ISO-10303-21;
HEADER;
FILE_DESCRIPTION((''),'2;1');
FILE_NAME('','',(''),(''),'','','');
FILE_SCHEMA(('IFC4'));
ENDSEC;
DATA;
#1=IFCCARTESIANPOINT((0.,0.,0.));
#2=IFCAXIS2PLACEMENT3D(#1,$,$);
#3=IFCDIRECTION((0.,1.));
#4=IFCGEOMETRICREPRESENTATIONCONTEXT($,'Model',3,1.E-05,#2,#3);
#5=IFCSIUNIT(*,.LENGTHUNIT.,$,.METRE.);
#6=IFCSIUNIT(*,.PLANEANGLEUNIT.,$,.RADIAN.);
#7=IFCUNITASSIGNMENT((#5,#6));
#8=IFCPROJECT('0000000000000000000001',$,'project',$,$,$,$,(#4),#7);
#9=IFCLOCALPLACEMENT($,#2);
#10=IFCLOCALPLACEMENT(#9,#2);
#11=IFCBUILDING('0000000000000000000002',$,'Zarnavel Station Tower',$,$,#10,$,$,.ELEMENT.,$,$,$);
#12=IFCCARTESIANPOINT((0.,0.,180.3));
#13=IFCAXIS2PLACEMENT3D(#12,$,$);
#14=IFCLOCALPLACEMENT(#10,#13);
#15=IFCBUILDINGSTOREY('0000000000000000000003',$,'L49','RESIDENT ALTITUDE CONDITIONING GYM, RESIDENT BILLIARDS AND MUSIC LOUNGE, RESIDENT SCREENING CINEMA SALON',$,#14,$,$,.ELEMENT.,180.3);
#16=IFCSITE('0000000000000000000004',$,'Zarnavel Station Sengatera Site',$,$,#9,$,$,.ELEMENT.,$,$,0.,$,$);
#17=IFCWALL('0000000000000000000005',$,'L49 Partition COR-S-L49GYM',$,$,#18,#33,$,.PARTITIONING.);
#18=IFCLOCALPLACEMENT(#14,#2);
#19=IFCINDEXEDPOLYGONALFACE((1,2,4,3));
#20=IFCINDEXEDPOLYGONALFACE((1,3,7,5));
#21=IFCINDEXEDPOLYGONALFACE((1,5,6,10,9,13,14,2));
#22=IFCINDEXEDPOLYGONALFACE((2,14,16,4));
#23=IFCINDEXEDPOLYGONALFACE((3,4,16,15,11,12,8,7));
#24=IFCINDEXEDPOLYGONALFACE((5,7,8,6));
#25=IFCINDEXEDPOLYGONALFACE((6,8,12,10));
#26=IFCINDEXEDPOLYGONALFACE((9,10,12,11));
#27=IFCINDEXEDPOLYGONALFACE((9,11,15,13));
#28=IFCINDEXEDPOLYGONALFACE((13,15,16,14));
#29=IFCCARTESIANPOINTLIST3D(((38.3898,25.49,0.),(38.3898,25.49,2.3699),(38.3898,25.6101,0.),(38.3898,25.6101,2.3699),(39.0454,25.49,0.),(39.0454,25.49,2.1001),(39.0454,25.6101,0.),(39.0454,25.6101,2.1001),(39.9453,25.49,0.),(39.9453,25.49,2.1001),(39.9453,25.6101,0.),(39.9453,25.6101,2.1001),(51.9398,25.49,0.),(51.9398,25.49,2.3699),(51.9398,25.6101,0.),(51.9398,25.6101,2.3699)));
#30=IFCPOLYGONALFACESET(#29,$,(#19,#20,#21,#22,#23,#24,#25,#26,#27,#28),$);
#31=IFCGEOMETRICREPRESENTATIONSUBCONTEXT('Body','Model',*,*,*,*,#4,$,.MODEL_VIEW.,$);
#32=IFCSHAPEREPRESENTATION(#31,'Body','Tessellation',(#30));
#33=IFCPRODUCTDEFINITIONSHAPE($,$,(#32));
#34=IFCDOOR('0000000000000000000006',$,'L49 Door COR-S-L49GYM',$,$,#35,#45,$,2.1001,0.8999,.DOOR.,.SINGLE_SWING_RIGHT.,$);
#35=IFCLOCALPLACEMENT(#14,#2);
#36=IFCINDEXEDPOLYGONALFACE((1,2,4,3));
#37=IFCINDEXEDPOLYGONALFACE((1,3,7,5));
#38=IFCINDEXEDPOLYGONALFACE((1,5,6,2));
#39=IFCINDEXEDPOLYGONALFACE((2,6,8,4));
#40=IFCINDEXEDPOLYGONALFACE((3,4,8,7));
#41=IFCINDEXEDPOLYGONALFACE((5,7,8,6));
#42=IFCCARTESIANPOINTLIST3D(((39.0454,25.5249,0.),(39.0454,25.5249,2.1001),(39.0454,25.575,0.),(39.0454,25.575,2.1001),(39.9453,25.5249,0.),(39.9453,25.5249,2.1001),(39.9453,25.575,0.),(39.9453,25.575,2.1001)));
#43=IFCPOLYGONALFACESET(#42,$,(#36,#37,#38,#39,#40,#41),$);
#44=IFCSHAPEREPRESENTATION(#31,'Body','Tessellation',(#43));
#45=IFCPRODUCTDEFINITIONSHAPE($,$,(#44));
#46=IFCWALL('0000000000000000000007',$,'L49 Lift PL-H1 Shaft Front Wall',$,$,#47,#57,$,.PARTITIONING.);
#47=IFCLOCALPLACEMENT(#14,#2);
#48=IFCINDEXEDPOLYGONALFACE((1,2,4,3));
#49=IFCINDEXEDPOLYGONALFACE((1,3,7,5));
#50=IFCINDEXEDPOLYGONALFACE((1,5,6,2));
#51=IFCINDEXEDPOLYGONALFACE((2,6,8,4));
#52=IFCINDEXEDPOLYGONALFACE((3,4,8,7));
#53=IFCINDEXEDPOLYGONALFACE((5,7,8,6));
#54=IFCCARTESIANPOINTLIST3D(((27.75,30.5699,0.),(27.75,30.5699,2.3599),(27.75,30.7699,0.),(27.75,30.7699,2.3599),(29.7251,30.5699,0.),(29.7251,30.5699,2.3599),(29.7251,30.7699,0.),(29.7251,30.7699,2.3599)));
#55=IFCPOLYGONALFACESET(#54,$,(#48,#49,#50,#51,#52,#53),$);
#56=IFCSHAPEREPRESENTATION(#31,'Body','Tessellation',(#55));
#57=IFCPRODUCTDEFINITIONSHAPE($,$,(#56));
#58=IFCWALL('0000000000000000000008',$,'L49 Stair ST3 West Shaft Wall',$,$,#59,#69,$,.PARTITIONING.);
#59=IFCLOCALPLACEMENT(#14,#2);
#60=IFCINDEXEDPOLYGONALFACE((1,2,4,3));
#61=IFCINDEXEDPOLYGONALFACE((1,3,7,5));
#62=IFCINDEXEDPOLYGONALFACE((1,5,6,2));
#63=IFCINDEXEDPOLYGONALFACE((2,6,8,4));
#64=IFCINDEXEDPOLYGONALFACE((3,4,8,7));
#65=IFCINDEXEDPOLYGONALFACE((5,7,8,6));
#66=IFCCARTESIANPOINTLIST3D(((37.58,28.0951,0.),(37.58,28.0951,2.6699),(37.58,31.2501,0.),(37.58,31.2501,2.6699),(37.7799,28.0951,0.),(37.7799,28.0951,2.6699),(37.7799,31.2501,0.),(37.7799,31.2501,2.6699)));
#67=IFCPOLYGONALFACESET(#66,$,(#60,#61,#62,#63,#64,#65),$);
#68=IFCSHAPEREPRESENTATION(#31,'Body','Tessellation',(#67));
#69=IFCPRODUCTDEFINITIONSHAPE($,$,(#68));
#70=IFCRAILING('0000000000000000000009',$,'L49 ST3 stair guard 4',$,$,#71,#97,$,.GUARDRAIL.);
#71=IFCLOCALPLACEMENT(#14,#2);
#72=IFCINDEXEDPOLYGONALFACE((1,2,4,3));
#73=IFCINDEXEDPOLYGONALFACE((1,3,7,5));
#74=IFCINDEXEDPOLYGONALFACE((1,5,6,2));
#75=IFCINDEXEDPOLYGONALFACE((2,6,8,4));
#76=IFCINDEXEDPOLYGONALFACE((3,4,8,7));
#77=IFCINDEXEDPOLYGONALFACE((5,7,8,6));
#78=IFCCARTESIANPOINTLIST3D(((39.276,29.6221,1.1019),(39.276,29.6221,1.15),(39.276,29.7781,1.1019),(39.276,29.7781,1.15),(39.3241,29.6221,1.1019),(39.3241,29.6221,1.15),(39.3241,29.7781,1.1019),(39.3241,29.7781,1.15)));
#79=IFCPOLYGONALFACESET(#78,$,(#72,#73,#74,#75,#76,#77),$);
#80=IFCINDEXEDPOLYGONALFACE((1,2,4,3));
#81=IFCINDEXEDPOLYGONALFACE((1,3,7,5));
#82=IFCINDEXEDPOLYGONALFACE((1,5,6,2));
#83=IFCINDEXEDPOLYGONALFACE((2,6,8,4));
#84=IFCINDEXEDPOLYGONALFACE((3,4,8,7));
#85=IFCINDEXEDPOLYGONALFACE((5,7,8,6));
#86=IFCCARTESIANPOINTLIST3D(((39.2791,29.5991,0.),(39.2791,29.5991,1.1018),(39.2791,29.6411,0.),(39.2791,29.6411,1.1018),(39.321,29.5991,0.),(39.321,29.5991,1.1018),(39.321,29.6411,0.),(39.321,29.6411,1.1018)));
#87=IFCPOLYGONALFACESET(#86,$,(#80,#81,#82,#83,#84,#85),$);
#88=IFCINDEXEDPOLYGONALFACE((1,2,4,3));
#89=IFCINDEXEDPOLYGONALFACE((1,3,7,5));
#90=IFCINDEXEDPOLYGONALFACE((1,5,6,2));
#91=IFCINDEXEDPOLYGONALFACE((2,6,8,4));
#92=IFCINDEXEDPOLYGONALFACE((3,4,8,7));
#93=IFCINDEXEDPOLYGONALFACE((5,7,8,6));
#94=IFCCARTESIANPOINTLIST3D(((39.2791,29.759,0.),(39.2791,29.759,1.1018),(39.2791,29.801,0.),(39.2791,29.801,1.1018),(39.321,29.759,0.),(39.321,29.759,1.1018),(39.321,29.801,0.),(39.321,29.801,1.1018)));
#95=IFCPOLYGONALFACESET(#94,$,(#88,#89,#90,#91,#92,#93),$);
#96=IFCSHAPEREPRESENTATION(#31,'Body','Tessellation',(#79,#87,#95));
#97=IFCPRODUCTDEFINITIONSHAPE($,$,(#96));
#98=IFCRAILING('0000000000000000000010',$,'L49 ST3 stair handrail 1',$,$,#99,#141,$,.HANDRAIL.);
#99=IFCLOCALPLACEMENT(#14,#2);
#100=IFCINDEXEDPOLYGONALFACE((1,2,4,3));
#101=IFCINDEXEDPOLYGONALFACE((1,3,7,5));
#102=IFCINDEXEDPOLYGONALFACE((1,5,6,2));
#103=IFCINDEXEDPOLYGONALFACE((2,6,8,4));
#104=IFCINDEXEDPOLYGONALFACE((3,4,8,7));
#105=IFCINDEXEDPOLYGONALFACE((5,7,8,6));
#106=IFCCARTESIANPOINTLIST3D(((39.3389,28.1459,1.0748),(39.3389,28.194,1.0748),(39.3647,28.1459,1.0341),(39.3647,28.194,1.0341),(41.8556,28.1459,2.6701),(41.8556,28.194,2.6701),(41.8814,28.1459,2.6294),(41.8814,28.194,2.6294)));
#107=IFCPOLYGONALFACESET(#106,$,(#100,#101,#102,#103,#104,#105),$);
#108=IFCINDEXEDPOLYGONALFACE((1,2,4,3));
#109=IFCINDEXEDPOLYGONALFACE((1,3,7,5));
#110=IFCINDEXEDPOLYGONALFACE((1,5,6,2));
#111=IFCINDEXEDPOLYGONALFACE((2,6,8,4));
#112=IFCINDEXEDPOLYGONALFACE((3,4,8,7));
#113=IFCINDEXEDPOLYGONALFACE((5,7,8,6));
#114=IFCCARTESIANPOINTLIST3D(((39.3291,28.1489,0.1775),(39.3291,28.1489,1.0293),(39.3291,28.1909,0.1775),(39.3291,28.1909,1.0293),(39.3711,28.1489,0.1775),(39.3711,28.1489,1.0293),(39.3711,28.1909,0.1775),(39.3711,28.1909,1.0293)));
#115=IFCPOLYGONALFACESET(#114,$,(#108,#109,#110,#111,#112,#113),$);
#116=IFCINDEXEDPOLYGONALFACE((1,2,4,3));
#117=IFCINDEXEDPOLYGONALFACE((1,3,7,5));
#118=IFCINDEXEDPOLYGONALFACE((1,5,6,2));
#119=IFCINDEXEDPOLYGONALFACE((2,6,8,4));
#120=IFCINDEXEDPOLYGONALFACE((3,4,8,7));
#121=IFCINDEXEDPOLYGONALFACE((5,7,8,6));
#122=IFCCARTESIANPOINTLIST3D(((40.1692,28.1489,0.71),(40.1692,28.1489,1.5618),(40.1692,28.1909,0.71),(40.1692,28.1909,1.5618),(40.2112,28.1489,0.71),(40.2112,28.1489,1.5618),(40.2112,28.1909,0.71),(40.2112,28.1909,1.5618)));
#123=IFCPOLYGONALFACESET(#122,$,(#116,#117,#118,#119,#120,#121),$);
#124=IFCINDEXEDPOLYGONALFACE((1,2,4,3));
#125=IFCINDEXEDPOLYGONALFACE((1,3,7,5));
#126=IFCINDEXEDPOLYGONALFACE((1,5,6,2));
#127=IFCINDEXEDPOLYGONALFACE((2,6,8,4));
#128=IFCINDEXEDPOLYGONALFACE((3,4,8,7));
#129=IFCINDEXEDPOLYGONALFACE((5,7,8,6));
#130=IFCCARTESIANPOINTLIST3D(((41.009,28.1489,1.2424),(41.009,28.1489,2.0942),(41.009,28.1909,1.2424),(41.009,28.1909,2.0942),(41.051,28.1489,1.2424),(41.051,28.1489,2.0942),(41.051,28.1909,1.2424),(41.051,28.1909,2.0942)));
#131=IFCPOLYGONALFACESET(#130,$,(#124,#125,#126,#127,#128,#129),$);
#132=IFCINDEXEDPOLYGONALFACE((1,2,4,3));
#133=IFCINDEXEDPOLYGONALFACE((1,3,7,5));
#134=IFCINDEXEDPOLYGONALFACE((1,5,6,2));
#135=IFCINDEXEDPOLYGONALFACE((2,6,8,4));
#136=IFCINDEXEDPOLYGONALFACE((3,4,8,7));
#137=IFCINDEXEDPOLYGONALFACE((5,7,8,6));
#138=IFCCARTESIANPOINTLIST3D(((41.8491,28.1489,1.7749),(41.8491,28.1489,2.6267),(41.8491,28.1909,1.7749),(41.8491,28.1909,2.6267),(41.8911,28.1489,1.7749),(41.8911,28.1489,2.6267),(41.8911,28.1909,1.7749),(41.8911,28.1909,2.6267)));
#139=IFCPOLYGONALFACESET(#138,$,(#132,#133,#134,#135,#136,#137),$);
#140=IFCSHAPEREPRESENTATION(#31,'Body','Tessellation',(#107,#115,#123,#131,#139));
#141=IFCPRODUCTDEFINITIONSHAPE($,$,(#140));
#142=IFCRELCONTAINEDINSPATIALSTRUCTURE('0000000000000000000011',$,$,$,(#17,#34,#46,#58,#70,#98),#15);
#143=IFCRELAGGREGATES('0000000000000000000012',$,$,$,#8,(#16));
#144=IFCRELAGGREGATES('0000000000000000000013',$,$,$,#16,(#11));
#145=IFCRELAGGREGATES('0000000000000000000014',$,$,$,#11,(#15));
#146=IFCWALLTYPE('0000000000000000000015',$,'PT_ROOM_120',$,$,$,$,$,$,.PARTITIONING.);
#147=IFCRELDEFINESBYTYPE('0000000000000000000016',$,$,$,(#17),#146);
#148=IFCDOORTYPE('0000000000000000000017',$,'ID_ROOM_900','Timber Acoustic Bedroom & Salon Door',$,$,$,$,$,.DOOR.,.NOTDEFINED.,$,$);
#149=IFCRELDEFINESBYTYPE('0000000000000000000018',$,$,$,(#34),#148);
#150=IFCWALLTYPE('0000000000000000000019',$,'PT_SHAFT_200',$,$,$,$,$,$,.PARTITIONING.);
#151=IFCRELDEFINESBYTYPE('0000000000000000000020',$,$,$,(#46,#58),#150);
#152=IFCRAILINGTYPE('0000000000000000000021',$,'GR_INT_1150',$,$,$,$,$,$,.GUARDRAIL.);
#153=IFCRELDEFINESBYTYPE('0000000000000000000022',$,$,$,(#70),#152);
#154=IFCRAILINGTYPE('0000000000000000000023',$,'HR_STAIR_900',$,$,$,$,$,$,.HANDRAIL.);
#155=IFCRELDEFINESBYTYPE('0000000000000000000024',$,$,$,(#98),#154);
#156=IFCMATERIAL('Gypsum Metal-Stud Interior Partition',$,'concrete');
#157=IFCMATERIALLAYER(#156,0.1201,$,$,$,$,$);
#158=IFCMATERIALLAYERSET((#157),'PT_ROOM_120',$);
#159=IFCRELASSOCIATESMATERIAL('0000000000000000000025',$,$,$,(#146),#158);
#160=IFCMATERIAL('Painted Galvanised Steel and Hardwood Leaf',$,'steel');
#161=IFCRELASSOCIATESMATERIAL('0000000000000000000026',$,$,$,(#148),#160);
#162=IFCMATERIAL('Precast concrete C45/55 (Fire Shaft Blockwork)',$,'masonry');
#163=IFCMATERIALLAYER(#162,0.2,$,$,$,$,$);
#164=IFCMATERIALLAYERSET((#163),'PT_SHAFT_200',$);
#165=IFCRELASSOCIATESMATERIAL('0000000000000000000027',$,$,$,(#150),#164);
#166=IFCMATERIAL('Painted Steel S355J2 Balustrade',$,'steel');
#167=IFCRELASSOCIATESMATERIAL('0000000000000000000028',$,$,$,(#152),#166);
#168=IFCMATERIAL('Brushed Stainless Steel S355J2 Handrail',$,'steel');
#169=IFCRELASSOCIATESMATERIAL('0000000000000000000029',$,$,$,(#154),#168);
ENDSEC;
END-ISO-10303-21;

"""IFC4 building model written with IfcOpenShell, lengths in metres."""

from ifc_helpers import new_model, si_unit, direction, frame, frame_2d, origin, origin_2d, place, context, subcontext, project, spatial, rectangle, extrude, material, layer, layer_set, type_object, element, fill, save


model = new_model("IFC4")

# Units and contexts
model_context = context("Model", 3, precision=1e-05, world=origin(), true_north=direction((0.0, 1.0)))
body_context = subcontext(model_context, "Body", "Model", "MODEL_VIEW")
ifc_project = project(units=[si_unit("LENGTHUNIT", "METRE"), si_unit("PLANEANGLEUNIT", "RADIAN")], contexts=[model_context])

# Site, building, storey
site_placement = place(None, origin())
site = spatial("IfcSite", under=ifc_project, at=site_placement, Name="Zarnavel Station Sengatera Site", CompositionType="ELEMENT", RefElevation=0.0)
building_placement = place(site_placement, origin())
building = spatial("IfcBuilding", under=site, at=building_placement, Name="Zarnavel Station Tower", CompositionType="ELEMENT")
storey_placement = place(building_placement, frame((0.0, 0.0, 180.3)))
storey = spatial("IfcBuildingStorey", under=building, at=storey_placement, Name="L49", Description="RESIDENT ALTITUDE CONDITIONING GYM, RESIDENT BILLIARDS AND MUSIC LOUNGE, RESIDENT SCREENING CINEMA SALON", CompositionType="ELEMENT", Elevation=180.3)

# Wall, opening, door
ifc_material_1 = material(Name="Gypsum Metal-Stud Interior Partition", Category="concrete")
ifc_layer_1 = layer(ifc_material_1, 0.1201)
ifc_layer_set_1 = layer_set([ifc_layer_1], Name="PT_ROOM_120")
wall_type_1 = type_object("IfcWallType", Name="PT_ROOM_120", PredefinedType="PARTITIONING", material=ifc_layer_set_1)
wall_1_placement = place(storey_placement, frame((38.3899, 25.55, 0.0), z_axis=(0.0, 0.0, 1.0), x_axis=(1.0, 0.0, 0.0)))
wall_1 = element("IfcWall", 1, at=wall_1_placement, inside=storey, type_object=wall_type_1, Name="L49 Partition COR-S-L49GYM", PredefinedType="PARTITIONING", context=body_context, shape_type="SweptSolid", body=[
    extrude(rectangle(XDim=13.55, YDim=0.1201, at=frame_2d((6.7749, 0.0))), origin(), (0.0, 0.0, 1.0), 2.3699),
])
opening_1_placement = place(wall_1_placement, frame((0.6555, 0.0, 0.0)))
opening_1 = element("IfcOpeningElement", 2, at=opening_1_placement, cuts=wall_1, PredefinedType="OPENING", context=body_context, shape_type="SweptSolid", body=[
    extrude(rectangle(XDim=0.8999, YDim=2.1001, at=frame_2d((0.45, 1.05))), frame((0.0, 0.0701, 0.0), z_axis=(0.0, -1.0, 0.0), x_axis=(1.0, 0.0, 0.0)), (0.0, 0.0, 1.0), 0.1401),
])
ifc_material_2 = material(Name="Painted Galvanised Steel and Hardwood Leaf", Category="steel")
door_type_1 = type_object("IfcDoorType", Name="ID_ROOM_900", Description="Timber Acoustic Bedroom & Salon Door", OperationType="NOTDEFINED", PredefinedType="DOOR", material=ifc_material_2)
door_1_placement = place(opening_1_placement, origin())
door_1 = element("IfcDoor", 3, at=door_1_placement, inside=storey, type_object=door_type_1, Name="L49 Door COR-S-L49GYM", OperationType="SINGLE_SWING_RIGHT", OverallHeight=2.1001, OverallWidth=0.8999, PredefinedType="DOOR", context=body_context, shape_type="SweptSolid", body=[
    extrude(rectangle(XDim=0.8999, YDim=2.1001, at=frame_2d((0.45, 1.05))), frame((0.0, 0.0249, 0.0), z_axis=(0.0, -1.0, 0.0), x_axis=(1.0, 0.0, 0.0)), (0.0, 0.0, 1.0), 0.05),
])
fill(opening_1, door_1)

# Walls
ifc_material_3 = material(Name="Precast concrete C45/55 (Fire Shaft Blockwork)", Category="masonry")
ifc_layer_2 = layer(ifc_material_3, 0.2)
ifc_layer_set_2 = layer_set([ifc_layer_2], Name="PT_SHAFT_200")
wall_type_2 = type_object("IfcWallType", Name="PT_SHAFT_200", PredefinedType="PARTITIONING", material=ifc_layer_set_2)
wall_2_placement = place(storey_placement, frame((27.75, 30.6699, 0.0), z_axis=(0.0, 0.0, 1.0), x_axis=(1.0, 0.0, 0.0)))
element("IfcWall", 4, at=wall_2_placement, inside=storey, type_object=wall_type_2, Name="L49 Lift PL-H1 Shaft Front Wall", PredefinedType="PARTITIONING", context=body_context, shape_type="SweptSolid", body=[
    extrude(rectangle(XDim=1.9751, YDim=0.2, at=frame_2d((0.9875, 0.0))), origin(), (0.0, 0.0, 1.0), 2.3599),
])
wall_3_placement = place(storey_placement, frame((37.6799, 28.095, 0.0), z_axis=(0.0, 0.0, 1.0), x_axis=(0.0, 1.0, 0.0)))
element("IfcWall", 5, at=wall_3_placement, inside=storey, type_object=wall_type_2, Name="L49 Stair ST3 West Shaft Wall", PredefinedType="PARTITIONING", context=body_context, shape_type="SweptSolid", body=[
    extrude(rectangle(XDim=3.155, YDim=0.2, at=frame_2d((1.5776, 0.0))), origin(), (0.0, 0.0, 1.0), 2.6699),
])

# Railings
ifc_material_4 = material(Name="Painted Steel S355J2 Balustrade", Category="steel")
railing_type_1 = type_object("IfcRailingType", Name="GR_INT_1150", PredefinedType="GUARDRAIL", material=ifc_material_4)
railing_1_placement = place(storey_placement, frame((39.3, 29.6201, 0.0)))
element("IfcRailing", 6, at=railing_1_placement, inside=storey, type_object=railing_type_1, Name="L49 ST3 stair guard 4", PredefinedType="GUARDRAIL", context=body_context, shape_type="SweptSolid", body=[
    extrude(rectangle(XDim=0.0481, YDim=0.0481, at=origin_2d()), frame((0.0, 0.002, 1.126), z_axis=(0.0, 1.0, 0.0), x_axis=(-1.0, 0.0, 0.0)), (0.0, 0.0, 1.0), 0.156),
    extrude(rectangle(XDim=0.042, YDim=0.042, at=origin_2d()), origin(), (0.0, 0.0, 1.0), 1.1018),
    extrude(rectangle(XDim=0.042, YDim=0.042, at=origin_2d()), frame((0.0, 0.1599, 0.0)), (0.0, 0.0, 1.0), 1.1018),
])
ifc_material_5 = material(Name="Brushed Stainless Steel S355J2 Handrail", Category="steel")
railing_type_2 = type_object("IfcRailingType", Name="HR_STAIR_900", PredefinedType="HANDRAIL", material=ifc_material_5)
railing_2_placement = place(storey_placement, frame((39.3501, 28.1699, 0.1775)))
element("IfcRailing", 7, at=railing_2_placement, inside=storey, type_object=railing_type_2, Name="L49 ST3 stair handrail 1", PredefinedType="HANDRAIL", context=body_context, shape_type="SweptSolid", body=[
    extrude(rectangle(XDim=0.0481, YDim=0.0481, at=origin_2d()), frame((0.0017, 0.0, 0.877), z_axis=(0.844607, 0.0, 0.535387), x_axis=(0.0, 1.0, 0.0)), (0.0, 0.0, 1.0), 2.9797),
    extrude(rectangle(XDim=0.042, YDim=0.042, at=origin_2d()), origin(), (0.0, 0.0, 1.0), 0.8518),
    extrude(rectangle(XDim=0.042, YDim=0.042, at=origin_2d()), frame((0.8401, 0.0, 0.5325)), (0.0, 0.0, 1.0), 0.8518),
    extrude(rectangle(XDim=0.042, YDim=0.042, at=origin_2d()), frame((1.6799, 0.0, 1.0649)), (0.0, 0.0, 1.0), 0.8518),
    extrude(rectangle(XDim=0.042, YDim=0.042, at=origin_2d()), frame((2.52, 0.0, 1.5974)), (0.0, 0.0, 1.0), 0.8518),
])

save(model, "model.ifc")
